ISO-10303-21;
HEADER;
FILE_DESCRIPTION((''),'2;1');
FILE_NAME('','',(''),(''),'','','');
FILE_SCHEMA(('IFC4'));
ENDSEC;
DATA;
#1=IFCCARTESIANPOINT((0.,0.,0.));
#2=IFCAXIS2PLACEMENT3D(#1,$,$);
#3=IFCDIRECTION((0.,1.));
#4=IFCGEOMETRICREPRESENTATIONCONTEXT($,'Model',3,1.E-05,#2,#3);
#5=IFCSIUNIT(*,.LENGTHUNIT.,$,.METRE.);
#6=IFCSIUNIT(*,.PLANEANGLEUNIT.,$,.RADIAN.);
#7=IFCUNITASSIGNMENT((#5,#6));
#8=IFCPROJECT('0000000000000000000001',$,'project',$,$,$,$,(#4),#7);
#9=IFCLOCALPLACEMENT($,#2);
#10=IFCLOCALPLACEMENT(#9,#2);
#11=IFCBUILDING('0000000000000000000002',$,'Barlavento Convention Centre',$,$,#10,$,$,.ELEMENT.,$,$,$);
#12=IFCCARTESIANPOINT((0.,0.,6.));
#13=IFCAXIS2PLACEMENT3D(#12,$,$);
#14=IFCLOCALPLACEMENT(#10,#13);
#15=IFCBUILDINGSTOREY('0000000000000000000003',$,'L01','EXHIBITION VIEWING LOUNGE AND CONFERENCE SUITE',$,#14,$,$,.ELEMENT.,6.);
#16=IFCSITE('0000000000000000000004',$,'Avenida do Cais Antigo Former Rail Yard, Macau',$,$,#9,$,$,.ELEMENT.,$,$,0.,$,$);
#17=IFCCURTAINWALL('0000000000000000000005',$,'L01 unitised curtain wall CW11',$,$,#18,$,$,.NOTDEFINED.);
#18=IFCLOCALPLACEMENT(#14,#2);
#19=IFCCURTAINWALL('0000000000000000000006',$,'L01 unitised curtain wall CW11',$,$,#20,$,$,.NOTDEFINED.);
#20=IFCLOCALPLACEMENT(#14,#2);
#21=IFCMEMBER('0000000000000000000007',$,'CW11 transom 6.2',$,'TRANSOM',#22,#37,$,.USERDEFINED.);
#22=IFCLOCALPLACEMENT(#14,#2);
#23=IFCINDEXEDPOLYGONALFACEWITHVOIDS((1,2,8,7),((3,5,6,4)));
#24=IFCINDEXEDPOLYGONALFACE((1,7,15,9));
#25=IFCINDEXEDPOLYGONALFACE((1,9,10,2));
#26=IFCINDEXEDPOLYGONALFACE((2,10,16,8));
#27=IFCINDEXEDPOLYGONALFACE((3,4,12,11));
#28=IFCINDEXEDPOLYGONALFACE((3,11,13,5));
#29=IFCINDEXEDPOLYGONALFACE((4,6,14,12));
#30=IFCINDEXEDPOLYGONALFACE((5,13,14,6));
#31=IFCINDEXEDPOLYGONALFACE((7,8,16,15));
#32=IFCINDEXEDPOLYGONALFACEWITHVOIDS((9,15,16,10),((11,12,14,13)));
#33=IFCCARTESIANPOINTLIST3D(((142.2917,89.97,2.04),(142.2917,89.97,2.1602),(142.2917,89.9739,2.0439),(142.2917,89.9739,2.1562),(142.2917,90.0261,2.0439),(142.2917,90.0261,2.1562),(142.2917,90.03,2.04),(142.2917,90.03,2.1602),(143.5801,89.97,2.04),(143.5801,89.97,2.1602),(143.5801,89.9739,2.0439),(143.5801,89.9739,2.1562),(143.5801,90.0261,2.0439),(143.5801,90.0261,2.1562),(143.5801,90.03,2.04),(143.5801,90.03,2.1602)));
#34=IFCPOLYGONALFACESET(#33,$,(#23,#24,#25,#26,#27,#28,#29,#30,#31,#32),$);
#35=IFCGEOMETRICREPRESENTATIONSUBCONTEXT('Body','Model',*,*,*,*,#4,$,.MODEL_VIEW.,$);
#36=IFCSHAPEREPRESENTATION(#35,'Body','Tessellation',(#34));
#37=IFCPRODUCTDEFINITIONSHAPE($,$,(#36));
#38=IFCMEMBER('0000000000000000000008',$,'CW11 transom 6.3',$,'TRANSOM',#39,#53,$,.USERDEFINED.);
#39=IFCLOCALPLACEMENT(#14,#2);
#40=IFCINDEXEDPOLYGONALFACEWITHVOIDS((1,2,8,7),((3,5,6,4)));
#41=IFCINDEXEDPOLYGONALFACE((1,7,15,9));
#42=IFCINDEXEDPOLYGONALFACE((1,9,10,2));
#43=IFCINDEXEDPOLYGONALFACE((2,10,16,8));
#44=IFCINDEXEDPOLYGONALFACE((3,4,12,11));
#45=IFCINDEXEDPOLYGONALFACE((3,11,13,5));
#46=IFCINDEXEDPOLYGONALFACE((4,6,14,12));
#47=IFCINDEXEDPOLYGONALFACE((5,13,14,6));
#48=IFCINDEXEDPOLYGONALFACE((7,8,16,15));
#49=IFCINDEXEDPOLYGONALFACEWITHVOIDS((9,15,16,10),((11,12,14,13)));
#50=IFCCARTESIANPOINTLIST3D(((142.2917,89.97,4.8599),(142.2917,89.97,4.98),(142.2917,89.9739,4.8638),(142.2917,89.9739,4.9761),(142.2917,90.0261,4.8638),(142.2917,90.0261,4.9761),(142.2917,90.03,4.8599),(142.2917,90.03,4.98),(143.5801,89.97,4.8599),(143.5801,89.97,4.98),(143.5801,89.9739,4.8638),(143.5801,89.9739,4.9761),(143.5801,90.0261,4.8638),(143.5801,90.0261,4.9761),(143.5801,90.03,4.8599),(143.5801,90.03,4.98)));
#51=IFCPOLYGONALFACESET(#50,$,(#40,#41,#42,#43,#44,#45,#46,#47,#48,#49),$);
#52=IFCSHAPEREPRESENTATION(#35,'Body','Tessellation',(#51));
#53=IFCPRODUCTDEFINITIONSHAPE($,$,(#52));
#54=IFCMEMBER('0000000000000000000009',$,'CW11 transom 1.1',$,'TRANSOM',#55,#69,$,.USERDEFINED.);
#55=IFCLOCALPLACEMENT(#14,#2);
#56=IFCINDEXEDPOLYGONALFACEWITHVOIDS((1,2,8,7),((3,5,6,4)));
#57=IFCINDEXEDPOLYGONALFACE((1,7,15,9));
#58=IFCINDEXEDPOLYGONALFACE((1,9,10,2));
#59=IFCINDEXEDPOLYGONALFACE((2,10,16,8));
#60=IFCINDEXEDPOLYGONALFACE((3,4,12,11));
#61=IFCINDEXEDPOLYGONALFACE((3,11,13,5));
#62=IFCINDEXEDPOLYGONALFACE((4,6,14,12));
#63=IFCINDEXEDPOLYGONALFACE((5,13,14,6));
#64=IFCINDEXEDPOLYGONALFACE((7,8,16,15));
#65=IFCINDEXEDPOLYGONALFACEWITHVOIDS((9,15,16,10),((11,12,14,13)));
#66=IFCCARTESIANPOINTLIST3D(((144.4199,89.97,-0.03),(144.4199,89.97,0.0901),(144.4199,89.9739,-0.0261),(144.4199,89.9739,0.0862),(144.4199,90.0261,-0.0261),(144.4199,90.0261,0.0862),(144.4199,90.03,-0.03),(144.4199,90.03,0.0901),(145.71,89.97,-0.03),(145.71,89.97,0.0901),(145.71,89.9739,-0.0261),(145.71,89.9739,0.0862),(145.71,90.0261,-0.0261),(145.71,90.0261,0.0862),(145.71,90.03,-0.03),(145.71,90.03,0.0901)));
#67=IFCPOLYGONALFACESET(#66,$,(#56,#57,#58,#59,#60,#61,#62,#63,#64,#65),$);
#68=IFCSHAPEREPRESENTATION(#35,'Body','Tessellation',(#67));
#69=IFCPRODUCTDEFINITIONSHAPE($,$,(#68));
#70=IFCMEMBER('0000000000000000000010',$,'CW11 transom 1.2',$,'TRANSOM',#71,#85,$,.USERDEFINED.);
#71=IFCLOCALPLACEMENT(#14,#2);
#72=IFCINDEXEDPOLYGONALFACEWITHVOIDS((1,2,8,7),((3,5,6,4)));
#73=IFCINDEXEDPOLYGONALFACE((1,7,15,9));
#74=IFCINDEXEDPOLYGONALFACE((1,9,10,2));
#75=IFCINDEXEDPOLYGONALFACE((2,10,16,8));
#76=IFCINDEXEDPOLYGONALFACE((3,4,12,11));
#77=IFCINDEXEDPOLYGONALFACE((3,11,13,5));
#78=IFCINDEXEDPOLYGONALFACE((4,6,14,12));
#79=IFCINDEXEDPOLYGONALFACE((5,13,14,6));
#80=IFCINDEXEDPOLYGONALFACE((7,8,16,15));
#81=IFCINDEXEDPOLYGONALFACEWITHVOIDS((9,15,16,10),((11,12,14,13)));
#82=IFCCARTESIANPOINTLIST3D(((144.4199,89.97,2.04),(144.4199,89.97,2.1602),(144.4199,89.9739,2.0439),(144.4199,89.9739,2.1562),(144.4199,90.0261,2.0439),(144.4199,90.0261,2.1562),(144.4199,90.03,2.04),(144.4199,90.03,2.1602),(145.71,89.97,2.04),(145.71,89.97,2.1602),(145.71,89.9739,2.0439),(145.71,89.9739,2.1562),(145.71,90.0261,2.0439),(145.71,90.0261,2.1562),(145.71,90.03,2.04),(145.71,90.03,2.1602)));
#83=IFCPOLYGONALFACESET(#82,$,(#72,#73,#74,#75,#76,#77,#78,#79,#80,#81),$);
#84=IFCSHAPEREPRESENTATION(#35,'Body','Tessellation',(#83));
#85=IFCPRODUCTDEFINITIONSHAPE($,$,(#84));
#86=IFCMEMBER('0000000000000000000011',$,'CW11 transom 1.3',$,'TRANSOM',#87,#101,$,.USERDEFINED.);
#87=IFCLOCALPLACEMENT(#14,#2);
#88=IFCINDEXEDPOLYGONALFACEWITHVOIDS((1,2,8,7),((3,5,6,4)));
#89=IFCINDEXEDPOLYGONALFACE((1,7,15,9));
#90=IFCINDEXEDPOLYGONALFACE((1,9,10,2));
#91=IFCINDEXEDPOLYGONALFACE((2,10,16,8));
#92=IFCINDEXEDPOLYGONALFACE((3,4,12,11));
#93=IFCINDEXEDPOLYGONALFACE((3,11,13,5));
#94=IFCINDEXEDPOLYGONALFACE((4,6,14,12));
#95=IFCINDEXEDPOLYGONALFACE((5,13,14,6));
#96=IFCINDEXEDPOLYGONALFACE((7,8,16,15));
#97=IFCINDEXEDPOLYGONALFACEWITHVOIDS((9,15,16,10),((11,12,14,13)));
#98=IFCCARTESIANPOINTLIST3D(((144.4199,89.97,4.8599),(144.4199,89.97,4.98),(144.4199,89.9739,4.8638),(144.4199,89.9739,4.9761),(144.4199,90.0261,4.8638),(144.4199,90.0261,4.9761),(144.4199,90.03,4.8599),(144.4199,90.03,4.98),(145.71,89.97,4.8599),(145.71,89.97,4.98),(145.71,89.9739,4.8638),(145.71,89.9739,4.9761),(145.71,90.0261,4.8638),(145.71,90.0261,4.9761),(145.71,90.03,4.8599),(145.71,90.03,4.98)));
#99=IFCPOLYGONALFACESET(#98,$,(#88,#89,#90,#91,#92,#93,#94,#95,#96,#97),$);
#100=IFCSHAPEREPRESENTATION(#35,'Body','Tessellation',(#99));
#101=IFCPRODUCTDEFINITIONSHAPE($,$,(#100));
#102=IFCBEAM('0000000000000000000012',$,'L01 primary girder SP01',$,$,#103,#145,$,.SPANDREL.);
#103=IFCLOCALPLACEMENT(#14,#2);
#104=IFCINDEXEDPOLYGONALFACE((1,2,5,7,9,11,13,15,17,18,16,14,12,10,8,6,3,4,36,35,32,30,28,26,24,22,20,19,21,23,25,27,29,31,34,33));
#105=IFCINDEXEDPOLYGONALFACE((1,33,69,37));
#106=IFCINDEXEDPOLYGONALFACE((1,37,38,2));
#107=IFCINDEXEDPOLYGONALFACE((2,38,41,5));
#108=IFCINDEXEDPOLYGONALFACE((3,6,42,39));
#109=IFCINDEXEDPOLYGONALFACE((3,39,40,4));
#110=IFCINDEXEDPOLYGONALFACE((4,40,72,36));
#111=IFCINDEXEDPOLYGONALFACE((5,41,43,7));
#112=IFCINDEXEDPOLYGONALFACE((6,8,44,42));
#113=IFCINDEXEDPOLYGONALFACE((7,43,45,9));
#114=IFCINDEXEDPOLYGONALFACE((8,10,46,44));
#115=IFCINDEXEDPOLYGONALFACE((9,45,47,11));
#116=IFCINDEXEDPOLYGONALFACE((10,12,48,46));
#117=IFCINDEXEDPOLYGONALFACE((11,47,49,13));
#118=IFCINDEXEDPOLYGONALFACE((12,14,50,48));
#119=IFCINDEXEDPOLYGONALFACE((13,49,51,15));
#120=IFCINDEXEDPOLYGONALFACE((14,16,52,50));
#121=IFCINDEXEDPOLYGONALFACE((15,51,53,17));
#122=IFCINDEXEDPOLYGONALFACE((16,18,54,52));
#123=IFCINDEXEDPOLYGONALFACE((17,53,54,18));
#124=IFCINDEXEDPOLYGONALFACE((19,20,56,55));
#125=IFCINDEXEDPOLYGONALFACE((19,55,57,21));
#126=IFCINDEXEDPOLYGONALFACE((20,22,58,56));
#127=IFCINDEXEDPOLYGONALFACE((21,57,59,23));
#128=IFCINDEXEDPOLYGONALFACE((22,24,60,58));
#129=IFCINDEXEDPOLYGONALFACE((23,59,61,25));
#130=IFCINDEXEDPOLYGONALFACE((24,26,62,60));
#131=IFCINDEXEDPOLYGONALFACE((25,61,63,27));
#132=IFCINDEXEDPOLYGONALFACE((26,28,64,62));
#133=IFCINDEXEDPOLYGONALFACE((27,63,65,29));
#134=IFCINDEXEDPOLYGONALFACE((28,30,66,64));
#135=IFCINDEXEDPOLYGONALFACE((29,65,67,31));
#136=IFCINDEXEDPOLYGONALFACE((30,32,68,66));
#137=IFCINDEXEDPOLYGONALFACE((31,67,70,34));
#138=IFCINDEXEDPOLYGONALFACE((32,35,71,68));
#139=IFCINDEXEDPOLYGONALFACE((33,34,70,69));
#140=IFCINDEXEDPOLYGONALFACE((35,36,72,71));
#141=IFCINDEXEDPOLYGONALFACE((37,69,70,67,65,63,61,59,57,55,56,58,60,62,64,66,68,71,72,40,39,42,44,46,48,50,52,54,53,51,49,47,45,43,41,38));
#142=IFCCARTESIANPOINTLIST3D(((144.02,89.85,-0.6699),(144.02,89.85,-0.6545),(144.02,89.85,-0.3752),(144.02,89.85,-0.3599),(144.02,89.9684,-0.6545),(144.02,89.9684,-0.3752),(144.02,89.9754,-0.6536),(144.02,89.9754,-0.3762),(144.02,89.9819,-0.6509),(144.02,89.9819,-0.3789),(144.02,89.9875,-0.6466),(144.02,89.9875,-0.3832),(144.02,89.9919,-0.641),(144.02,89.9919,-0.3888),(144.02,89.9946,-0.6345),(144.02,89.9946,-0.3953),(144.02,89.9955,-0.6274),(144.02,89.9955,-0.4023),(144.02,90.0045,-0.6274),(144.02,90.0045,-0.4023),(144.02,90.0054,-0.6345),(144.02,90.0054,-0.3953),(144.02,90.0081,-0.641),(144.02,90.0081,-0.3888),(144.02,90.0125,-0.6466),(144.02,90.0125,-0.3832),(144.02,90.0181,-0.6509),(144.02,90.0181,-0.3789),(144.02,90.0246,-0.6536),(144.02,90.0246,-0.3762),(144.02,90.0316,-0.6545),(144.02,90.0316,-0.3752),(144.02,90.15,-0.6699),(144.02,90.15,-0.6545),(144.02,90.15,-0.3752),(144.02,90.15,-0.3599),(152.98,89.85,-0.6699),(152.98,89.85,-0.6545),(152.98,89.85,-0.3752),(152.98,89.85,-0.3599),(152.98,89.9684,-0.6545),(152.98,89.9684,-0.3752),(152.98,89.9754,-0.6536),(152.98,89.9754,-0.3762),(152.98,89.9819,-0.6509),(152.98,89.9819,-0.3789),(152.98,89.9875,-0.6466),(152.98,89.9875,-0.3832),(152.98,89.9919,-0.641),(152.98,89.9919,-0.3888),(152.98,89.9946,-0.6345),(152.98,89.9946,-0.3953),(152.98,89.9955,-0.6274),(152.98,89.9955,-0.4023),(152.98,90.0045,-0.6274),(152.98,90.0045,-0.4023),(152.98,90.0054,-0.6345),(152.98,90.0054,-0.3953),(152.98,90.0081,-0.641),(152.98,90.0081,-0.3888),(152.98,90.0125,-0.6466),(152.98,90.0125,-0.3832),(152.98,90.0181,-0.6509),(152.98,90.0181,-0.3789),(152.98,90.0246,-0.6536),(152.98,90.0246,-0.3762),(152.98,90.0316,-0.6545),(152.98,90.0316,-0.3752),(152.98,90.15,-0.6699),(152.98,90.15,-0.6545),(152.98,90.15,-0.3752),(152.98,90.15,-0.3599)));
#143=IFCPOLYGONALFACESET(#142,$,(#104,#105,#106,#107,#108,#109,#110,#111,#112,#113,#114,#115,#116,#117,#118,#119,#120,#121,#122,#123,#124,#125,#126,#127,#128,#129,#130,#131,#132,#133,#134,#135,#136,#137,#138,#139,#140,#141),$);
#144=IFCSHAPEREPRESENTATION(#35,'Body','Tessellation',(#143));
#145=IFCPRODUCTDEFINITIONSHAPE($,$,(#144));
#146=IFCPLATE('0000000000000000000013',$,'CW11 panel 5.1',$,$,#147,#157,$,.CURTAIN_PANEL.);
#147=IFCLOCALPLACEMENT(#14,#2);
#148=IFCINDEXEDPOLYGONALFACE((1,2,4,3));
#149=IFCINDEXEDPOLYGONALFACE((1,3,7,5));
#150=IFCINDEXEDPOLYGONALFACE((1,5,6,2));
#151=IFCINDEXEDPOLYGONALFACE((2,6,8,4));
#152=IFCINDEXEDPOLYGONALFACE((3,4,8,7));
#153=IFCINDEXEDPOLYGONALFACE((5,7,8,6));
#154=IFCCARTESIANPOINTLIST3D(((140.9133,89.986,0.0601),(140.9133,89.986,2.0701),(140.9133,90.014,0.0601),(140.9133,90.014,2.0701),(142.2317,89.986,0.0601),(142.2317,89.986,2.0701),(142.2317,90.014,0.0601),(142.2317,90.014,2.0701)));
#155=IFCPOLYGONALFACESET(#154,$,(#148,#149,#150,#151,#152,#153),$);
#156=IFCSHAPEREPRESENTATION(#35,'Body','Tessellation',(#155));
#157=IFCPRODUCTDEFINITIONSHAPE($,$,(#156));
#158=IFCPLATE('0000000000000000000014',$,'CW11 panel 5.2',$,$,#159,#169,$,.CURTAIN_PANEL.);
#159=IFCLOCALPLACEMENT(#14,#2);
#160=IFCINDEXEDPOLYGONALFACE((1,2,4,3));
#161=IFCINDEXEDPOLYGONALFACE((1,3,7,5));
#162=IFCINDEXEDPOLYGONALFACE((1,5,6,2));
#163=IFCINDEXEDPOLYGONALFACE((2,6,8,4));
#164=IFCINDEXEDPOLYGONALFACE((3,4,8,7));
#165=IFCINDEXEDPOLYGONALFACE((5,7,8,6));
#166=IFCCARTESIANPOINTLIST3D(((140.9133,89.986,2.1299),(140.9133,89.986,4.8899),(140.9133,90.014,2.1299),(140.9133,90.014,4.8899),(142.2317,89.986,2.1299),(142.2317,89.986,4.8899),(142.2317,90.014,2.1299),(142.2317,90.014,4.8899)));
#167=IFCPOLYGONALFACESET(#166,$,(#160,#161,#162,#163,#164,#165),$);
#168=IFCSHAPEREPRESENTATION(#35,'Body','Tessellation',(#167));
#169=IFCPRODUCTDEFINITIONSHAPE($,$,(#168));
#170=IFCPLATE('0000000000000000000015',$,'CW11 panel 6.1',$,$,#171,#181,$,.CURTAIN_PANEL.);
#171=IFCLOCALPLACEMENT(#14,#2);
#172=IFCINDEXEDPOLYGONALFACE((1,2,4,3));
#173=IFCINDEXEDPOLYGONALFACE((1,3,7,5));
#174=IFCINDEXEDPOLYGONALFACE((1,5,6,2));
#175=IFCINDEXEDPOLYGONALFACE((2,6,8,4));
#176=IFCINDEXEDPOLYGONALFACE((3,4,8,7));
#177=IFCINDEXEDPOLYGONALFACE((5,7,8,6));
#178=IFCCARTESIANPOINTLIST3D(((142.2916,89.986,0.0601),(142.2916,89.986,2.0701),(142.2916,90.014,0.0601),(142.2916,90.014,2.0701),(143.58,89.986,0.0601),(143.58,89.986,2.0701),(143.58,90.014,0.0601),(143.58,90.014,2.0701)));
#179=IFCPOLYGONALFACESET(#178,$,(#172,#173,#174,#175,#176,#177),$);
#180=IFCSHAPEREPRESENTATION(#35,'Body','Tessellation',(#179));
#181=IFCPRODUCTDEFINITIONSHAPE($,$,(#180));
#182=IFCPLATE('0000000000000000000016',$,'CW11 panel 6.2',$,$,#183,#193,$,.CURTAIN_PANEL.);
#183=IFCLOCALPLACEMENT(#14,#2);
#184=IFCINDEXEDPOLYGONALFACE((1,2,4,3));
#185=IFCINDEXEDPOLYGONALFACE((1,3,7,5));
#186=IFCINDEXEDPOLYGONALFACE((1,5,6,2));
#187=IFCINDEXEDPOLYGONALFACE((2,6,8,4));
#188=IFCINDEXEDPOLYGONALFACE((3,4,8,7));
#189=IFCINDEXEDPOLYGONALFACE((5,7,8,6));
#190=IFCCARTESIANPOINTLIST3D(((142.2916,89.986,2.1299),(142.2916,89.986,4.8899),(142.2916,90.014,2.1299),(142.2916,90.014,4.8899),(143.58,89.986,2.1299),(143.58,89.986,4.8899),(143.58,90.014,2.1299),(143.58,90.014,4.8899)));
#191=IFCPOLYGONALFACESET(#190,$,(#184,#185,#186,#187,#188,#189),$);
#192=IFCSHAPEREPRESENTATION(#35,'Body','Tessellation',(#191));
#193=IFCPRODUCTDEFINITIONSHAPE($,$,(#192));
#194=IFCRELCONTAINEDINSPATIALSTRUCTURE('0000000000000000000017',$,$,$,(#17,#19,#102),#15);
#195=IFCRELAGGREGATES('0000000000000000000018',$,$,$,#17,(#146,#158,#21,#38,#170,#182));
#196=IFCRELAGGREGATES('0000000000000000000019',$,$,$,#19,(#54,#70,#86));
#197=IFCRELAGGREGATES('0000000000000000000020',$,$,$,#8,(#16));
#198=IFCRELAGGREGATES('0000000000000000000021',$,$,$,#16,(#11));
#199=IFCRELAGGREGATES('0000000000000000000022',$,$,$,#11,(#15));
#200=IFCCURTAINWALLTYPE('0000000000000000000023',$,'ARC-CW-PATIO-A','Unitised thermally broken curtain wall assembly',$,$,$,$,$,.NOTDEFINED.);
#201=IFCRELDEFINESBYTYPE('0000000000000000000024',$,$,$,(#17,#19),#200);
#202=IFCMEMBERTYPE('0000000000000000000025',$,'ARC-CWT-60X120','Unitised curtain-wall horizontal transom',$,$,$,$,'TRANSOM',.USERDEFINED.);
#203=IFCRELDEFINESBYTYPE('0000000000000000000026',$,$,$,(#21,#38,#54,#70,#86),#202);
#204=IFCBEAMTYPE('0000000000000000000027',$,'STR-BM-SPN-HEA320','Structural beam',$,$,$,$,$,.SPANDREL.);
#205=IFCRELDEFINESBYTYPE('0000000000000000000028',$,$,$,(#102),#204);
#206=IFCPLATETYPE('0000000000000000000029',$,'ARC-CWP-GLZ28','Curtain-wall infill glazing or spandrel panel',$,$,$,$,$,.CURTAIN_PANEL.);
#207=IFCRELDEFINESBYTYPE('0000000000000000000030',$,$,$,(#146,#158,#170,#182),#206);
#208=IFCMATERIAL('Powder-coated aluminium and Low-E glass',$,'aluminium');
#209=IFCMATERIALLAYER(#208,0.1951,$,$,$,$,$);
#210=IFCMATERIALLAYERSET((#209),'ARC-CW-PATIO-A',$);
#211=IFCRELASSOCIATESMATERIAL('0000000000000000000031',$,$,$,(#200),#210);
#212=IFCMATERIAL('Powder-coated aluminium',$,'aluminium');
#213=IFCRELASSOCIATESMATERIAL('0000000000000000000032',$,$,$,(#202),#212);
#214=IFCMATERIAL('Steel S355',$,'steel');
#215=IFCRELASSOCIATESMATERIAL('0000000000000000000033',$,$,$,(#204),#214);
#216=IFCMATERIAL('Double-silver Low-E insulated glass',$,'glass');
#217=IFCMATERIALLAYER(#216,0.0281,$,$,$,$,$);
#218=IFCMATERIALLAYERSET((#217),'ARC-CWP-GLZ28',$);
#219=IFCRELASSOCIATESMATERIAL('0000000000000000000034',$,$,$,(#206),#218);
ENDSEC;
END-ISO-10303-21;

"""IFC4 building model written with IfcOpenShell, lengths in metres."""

from ifc_helpers import new_model, si_unit, direction, frame, origin, origin_2d, place, context, subcontext, project, spatial, rectangle, hollow_rectangle, i_section, extrude, material, layer, layer_set, material_profile, profile_set, type_object, element, aggregate, save


model = new_model("IFC4")

# Units and contexts
model_context = context("Model", 3, precision=1e-05, world=origin(), true_north=direction((0.0, 1.0)))
body_context = subcontext(model_context, "Body", "Model", "MODEL_VIEW")
ifc_project = project(units=[si_unit("LENGTHUNIT", "METRE"), si_unit("PLANEANGLEUNIT", "RADIAN")], contexts=[model_context])

# Site, building, storey
site_placement = place(None, origin())
site = spatial("IfcSite", under=ifc_project, at=site_placement, Name="Avenida do Cais Antigo Former Rail Yard, Macau", CompositionType="ELEMENT", RefElevation=0.0)
building_placement = place(site_placement, origin())
building = spatial("IfcBuilding", under=site, at=building_placement, Name="Barlavento Convention Centre", CompositionType="ELEMENT")
storey_placement = place(building_placement, frame((0.0, 0.0, 6.0)))
storey = spatial("IfcBuildingStorey", under=building, at=storey_placement, Name="L01", Description="EXHIBITION VIEWING LOUNGE AND CONFERENCE SUITE", CompositionType="ELEMENT", Elevation=6.0)

# Shared definitions
ifc_material_1 = material(Name="Steel S355", Category="steel")

# Curtain wall
ifc_material_2 = material(Name="Powder-coated aluminium and Low-E glass", Category="aluminium")
ifc_layer_1 = layer(ifc_material_2, 0.1951)
ifc_layer_set_1 = layer_set([ifc_layer_1], Name="ARC-CW-PATIO-A")
curtain_wall_type = type_object("IfcCurtainWallType", Name="ARC-CW-PATIO-A", Description="Unitised thermally broken curtain wall assembly", PredefinedType="NOTDEFINED", material=ifc_layer_set_1)
curtain_wall_1_placement = place(storey_placement, origin())
curtain_wall_1 = element("IfcCurtainWall", 1, at=curtain_wall_1_placement, inside=storey, type_object=curtain_wall_type, Name="L01 unitised curtain wall CW11", PredefinedType="NOTDEFINED")
ifc_material_3 = material(Name="Powder-coated aluminium", Category="aluminium")

# Curtain wall
curtain_wall_2_placement = place(storey_placement, origin())
curtain_wall_2 = element("IfcCurtainWall", 2, at=curtain_wall_2_placement, inside=storey, type_object=curtain_wall_type, Name="L01 unitised curtain wall CW11", PredefinedType="NOTDEFINED")

# Members
ifc_material_profile_1 = material_profile(ifc_material_3, hollow_rectangle(XDim=0.0601, YDim=0.1201, WallThickness=0.0039, at=origin_2d()), Name="AL-TRAN 60x120x4")
ifc_profile_set_1 = profile_set([ifc_material_profile_1], Name="Powder-coated aluminium")
member_type_1 = type_object("IfcMemberType", Name="ARC-CWT-60X120", Description="Unitised curtain-wall horizontal transom", ElementType="TRANSOM", PredefinedType="USERDEFINED", material=ifc_profile_set_1)
member_1_placement = place(storey_placement, frame((142.2917, 90.0, 2.1001), z_axis=(1.0, 0.0, 0.0), x_axis=(0.0, 1.0, 0.0)))
member_1 = element("IfcMember", 3, at=member_1_placement, type_object=member_type_1, Name="CW11 transom 6.2", ObjectType="TRANSOM", PredefinedType="USERDEFINED", context=body_context, shape_type="SweptSolid", body=[
    extrude(hollow_rectangle(XDim=0.0601, YDim=0.1201, WallThickness=0.0039, at=origin_2d()), origin(), (0.0, 0.0, 1.0), 1.2883),
])
member_2_placement = place(storey_placement, frame((142.2917, 90.0, 4.9199), z_axis=(1.0, 0.0, 0.0), x_axis=(0.0, 1.0, 0.0)))
member_2 = element("IfcMember", 4, at=member_2_placement, type_object=member_type_1, Name="CW11 transom 6.3", ObjectType="TRANSOM", PredefinedType="USERDEFINED", context=body_context, shape_type="SweptSolid", body=[
    extrude(hollow_rectangle(XDim=0.0601, YDim=0.1201, WallThickness=0.0039, at=origin_2d()), origin(), (0.0, 0.0, 1.0), 1.2883),
])
member_3_placement = place(storey_placement, frame((144.4199, 90.0, 0.03), z_axis=(1.0, 0.0, 0.0), x_axis=(0.0, 1.0, 0.0)))
member_3 = element("IfcMember", 5, at=member_3_placement, type_object=member_type_1, Name="CW11 transom 1.1", ObjectType="TRANSOM", PredefinedType="USERDEFINED", context=body_context, shape_type="SweptSolid", body=[
    extrude(hollow_rectangle(XDim=0.0601, YDim=0.1201, WallThickness=0.0039, at=origin_2d()), origin(), (0.0, 0.0, 1.0), 1.29),
])
member_4_placement = place(storey_placement, frame((144.4199, 90.0, 2.1001), z_axis=(1.0, 0.0, 0.0), x_axis=(0.0, 1.0, 0.0)))
member_4 = element("IfcMember", 6, at=member_4_placement, type_object=member_type_1, Name="CW11 transom 1.2", ObjectType="TRANSOM", PredefinedType="USERDEFINED", context=body_context, shape_type="SweptSolid", body=[
    extrude(hollow_rectangle(XDim=0.0601, YDim=0.1201, WallThickness=0.0039, at=origin_2d()), origin(), (0.0, 0.0, 1.0), 1.29),
])
member_5_placement = place(storey_placement, frame((144.4199, 90.0, 4.9199), z_axis=(1.0, 0.0, 0.0), x_axis=(0.0, 1.0, 0.0)))
member_5 = element("IfcMember", 7, at=member_5_placement, type_object=member_type_1, Name="CW11 transom 1.3", ObjectType="TRANSOM", PredefinedType="USERDEFINED", context=body_context, shape_type="SweptSolid", body=[
    extrude(hollow_rectangle(XDim=0.0601, YDim=0.1201, WallThickness=0.0039, at=origin_2d()), origin(), (0.0, 0.0, 1.0), 1.29),
])

# Beam
ifc_material_profile_2 = material_profile(ifc_material_1, i_section(OverallWidth=0.3, OverallDepth=0.3101, WebThickness=0.009, FlangeThickness=0.0154, FilletRadius=0.0271, at=origin_2d()), Name="HEA 320")
ifc_profile_set_2 = profile_set([ifc_material_profile_2], Name="Steel S355")
beam_type = type_object("IfcBeamType", Name="STR-BM-SPN-HEA320", Description="Structural beam", PredefinedType="SPANDREL", material=ifc_profile_set_2)
beam_placement = place(storey_placement, frame((144.02, 90.0, -0.5149), z_axis=(1.0, 0.0, 0.0), x_axis=(0.0, 1.0, 0.0)))
element("IfcBeam", 8, at=beam_placement, inside=storey, type_object=beam_type, Name="L01 primary girder SP01", PredefinedType="SPANDREL", context=body_context, shape_type="SweptSolid", body=[
    extrude(i_section(OverallWidth=0.3, OverallDepth=0.3101, WebThickness=0.009, FlangeThickness=0.0154, FilletRadius=0.0271, at=origin_2d()), origin(), (0.0, 0.0, 1.0), 8.96),
])

# Plates
ifc_material_4 = material(Name="Double-silver Low-E insulated glass", Category="glass")
ifc_layer_2 = layer(ifc_material_4, 0.0281)
ifc_layer_set_2 = layer_set([ifc_layer_2], Name="ARC-CWP-GLZ28")
plate_type = type_object("IfcPlateType", Name="ARC-CWP-GLZ28", Description="Curtain-wall infill glazing or spandrel panel", PredefinedType="CURTAIN_PANEL", material=ifc_layer_set_2)
plate_1_placement = place(storey_placement, frame((141.5725, 90.0, 0.0601), z_axis=(0.0, 0.0, 1.0), x_axis=(1.0, 0.0, 0.0)))
plate_1 = element("IfcPlate", 9, at=plate_1_placement, type_object=plate_type, Name="CW11 panel 5.1", PredefinedType="CURTAIN_PANEL", context=body_context, shape_type="SweptSolid", body=[
    extrude(rectangle(XDim=1.3184, YDim=0.0281, at=origin_2d()), origin(), (0.0, 0.0, 1.0), 2.01),
])
plate_2_placement = place(storey_placement, frame((141.5725, 90.0, 2.1299), z_axis=(0.0, 0.0, 1.0), x_axis=(1.0, 0.0, 0.0)))
plate_2 = element("IfcPlate", 10, at=plate_2_placement, type_object=plate_type, Name="CW11 panel 5.2", PredefinedType="CURTAIN_PANEL", context=body_context, shape_type="SweptSolid", body=[
    extrude(rectangle(XDim=1.3184, YDim=0.0281, at=origin_2d()), origin(), (0.0, 0.0, 1.0), 2.76),
])
plate_3_placement = place(storey_placement, frame((142.9358, 90.0, 0.0601), z_axis=(0.0, 0.0, 1.0), x_axis=(1.0, 0.0, 0.0)))
plate_3 = element("IfcPlate", 11, at=plate_3_placement, type_object=plate_type, Name="CW11 panel 6.1", PredefinedType="CURTAIN_PANEL", context=body_context, shape_type="SweptSolid", body=[
    extrude(rectangle(XDim=1.2883, YDim=0.0281, at=origin_2d()), origin(), (0.0, 0.0, 1.0), 2.01),
])
plate_4_placement = place(storey_placement, frame((142.9358, 90.0, 2.1299), z_axis=(0.0, 0.0, 1.0), x_axis=(1.0, 0.0, 0.0)))
plate_4 = element("IfcPlate", 12, at=plate_4_placement, type_object=plate_type, Name="CW11 panel 6.2", PredefinedType="CURTAIN_PANEL", context=body_context, shape_type="SweptSolid", body=[
    extrude(rectangle(XDim=1.2883, YDim=0.0281, at=origin_2d()), origin(), (0.0, 0.0, 1.0), 2.76),
])
aggregate(curtain_wall_1, [plate_1, plate_2, member_1, member_2, plate_3, plate_4])
aggregate(curtain_wall_2, [member_3, member_4, member_5])

save(model, "model.ifc")
